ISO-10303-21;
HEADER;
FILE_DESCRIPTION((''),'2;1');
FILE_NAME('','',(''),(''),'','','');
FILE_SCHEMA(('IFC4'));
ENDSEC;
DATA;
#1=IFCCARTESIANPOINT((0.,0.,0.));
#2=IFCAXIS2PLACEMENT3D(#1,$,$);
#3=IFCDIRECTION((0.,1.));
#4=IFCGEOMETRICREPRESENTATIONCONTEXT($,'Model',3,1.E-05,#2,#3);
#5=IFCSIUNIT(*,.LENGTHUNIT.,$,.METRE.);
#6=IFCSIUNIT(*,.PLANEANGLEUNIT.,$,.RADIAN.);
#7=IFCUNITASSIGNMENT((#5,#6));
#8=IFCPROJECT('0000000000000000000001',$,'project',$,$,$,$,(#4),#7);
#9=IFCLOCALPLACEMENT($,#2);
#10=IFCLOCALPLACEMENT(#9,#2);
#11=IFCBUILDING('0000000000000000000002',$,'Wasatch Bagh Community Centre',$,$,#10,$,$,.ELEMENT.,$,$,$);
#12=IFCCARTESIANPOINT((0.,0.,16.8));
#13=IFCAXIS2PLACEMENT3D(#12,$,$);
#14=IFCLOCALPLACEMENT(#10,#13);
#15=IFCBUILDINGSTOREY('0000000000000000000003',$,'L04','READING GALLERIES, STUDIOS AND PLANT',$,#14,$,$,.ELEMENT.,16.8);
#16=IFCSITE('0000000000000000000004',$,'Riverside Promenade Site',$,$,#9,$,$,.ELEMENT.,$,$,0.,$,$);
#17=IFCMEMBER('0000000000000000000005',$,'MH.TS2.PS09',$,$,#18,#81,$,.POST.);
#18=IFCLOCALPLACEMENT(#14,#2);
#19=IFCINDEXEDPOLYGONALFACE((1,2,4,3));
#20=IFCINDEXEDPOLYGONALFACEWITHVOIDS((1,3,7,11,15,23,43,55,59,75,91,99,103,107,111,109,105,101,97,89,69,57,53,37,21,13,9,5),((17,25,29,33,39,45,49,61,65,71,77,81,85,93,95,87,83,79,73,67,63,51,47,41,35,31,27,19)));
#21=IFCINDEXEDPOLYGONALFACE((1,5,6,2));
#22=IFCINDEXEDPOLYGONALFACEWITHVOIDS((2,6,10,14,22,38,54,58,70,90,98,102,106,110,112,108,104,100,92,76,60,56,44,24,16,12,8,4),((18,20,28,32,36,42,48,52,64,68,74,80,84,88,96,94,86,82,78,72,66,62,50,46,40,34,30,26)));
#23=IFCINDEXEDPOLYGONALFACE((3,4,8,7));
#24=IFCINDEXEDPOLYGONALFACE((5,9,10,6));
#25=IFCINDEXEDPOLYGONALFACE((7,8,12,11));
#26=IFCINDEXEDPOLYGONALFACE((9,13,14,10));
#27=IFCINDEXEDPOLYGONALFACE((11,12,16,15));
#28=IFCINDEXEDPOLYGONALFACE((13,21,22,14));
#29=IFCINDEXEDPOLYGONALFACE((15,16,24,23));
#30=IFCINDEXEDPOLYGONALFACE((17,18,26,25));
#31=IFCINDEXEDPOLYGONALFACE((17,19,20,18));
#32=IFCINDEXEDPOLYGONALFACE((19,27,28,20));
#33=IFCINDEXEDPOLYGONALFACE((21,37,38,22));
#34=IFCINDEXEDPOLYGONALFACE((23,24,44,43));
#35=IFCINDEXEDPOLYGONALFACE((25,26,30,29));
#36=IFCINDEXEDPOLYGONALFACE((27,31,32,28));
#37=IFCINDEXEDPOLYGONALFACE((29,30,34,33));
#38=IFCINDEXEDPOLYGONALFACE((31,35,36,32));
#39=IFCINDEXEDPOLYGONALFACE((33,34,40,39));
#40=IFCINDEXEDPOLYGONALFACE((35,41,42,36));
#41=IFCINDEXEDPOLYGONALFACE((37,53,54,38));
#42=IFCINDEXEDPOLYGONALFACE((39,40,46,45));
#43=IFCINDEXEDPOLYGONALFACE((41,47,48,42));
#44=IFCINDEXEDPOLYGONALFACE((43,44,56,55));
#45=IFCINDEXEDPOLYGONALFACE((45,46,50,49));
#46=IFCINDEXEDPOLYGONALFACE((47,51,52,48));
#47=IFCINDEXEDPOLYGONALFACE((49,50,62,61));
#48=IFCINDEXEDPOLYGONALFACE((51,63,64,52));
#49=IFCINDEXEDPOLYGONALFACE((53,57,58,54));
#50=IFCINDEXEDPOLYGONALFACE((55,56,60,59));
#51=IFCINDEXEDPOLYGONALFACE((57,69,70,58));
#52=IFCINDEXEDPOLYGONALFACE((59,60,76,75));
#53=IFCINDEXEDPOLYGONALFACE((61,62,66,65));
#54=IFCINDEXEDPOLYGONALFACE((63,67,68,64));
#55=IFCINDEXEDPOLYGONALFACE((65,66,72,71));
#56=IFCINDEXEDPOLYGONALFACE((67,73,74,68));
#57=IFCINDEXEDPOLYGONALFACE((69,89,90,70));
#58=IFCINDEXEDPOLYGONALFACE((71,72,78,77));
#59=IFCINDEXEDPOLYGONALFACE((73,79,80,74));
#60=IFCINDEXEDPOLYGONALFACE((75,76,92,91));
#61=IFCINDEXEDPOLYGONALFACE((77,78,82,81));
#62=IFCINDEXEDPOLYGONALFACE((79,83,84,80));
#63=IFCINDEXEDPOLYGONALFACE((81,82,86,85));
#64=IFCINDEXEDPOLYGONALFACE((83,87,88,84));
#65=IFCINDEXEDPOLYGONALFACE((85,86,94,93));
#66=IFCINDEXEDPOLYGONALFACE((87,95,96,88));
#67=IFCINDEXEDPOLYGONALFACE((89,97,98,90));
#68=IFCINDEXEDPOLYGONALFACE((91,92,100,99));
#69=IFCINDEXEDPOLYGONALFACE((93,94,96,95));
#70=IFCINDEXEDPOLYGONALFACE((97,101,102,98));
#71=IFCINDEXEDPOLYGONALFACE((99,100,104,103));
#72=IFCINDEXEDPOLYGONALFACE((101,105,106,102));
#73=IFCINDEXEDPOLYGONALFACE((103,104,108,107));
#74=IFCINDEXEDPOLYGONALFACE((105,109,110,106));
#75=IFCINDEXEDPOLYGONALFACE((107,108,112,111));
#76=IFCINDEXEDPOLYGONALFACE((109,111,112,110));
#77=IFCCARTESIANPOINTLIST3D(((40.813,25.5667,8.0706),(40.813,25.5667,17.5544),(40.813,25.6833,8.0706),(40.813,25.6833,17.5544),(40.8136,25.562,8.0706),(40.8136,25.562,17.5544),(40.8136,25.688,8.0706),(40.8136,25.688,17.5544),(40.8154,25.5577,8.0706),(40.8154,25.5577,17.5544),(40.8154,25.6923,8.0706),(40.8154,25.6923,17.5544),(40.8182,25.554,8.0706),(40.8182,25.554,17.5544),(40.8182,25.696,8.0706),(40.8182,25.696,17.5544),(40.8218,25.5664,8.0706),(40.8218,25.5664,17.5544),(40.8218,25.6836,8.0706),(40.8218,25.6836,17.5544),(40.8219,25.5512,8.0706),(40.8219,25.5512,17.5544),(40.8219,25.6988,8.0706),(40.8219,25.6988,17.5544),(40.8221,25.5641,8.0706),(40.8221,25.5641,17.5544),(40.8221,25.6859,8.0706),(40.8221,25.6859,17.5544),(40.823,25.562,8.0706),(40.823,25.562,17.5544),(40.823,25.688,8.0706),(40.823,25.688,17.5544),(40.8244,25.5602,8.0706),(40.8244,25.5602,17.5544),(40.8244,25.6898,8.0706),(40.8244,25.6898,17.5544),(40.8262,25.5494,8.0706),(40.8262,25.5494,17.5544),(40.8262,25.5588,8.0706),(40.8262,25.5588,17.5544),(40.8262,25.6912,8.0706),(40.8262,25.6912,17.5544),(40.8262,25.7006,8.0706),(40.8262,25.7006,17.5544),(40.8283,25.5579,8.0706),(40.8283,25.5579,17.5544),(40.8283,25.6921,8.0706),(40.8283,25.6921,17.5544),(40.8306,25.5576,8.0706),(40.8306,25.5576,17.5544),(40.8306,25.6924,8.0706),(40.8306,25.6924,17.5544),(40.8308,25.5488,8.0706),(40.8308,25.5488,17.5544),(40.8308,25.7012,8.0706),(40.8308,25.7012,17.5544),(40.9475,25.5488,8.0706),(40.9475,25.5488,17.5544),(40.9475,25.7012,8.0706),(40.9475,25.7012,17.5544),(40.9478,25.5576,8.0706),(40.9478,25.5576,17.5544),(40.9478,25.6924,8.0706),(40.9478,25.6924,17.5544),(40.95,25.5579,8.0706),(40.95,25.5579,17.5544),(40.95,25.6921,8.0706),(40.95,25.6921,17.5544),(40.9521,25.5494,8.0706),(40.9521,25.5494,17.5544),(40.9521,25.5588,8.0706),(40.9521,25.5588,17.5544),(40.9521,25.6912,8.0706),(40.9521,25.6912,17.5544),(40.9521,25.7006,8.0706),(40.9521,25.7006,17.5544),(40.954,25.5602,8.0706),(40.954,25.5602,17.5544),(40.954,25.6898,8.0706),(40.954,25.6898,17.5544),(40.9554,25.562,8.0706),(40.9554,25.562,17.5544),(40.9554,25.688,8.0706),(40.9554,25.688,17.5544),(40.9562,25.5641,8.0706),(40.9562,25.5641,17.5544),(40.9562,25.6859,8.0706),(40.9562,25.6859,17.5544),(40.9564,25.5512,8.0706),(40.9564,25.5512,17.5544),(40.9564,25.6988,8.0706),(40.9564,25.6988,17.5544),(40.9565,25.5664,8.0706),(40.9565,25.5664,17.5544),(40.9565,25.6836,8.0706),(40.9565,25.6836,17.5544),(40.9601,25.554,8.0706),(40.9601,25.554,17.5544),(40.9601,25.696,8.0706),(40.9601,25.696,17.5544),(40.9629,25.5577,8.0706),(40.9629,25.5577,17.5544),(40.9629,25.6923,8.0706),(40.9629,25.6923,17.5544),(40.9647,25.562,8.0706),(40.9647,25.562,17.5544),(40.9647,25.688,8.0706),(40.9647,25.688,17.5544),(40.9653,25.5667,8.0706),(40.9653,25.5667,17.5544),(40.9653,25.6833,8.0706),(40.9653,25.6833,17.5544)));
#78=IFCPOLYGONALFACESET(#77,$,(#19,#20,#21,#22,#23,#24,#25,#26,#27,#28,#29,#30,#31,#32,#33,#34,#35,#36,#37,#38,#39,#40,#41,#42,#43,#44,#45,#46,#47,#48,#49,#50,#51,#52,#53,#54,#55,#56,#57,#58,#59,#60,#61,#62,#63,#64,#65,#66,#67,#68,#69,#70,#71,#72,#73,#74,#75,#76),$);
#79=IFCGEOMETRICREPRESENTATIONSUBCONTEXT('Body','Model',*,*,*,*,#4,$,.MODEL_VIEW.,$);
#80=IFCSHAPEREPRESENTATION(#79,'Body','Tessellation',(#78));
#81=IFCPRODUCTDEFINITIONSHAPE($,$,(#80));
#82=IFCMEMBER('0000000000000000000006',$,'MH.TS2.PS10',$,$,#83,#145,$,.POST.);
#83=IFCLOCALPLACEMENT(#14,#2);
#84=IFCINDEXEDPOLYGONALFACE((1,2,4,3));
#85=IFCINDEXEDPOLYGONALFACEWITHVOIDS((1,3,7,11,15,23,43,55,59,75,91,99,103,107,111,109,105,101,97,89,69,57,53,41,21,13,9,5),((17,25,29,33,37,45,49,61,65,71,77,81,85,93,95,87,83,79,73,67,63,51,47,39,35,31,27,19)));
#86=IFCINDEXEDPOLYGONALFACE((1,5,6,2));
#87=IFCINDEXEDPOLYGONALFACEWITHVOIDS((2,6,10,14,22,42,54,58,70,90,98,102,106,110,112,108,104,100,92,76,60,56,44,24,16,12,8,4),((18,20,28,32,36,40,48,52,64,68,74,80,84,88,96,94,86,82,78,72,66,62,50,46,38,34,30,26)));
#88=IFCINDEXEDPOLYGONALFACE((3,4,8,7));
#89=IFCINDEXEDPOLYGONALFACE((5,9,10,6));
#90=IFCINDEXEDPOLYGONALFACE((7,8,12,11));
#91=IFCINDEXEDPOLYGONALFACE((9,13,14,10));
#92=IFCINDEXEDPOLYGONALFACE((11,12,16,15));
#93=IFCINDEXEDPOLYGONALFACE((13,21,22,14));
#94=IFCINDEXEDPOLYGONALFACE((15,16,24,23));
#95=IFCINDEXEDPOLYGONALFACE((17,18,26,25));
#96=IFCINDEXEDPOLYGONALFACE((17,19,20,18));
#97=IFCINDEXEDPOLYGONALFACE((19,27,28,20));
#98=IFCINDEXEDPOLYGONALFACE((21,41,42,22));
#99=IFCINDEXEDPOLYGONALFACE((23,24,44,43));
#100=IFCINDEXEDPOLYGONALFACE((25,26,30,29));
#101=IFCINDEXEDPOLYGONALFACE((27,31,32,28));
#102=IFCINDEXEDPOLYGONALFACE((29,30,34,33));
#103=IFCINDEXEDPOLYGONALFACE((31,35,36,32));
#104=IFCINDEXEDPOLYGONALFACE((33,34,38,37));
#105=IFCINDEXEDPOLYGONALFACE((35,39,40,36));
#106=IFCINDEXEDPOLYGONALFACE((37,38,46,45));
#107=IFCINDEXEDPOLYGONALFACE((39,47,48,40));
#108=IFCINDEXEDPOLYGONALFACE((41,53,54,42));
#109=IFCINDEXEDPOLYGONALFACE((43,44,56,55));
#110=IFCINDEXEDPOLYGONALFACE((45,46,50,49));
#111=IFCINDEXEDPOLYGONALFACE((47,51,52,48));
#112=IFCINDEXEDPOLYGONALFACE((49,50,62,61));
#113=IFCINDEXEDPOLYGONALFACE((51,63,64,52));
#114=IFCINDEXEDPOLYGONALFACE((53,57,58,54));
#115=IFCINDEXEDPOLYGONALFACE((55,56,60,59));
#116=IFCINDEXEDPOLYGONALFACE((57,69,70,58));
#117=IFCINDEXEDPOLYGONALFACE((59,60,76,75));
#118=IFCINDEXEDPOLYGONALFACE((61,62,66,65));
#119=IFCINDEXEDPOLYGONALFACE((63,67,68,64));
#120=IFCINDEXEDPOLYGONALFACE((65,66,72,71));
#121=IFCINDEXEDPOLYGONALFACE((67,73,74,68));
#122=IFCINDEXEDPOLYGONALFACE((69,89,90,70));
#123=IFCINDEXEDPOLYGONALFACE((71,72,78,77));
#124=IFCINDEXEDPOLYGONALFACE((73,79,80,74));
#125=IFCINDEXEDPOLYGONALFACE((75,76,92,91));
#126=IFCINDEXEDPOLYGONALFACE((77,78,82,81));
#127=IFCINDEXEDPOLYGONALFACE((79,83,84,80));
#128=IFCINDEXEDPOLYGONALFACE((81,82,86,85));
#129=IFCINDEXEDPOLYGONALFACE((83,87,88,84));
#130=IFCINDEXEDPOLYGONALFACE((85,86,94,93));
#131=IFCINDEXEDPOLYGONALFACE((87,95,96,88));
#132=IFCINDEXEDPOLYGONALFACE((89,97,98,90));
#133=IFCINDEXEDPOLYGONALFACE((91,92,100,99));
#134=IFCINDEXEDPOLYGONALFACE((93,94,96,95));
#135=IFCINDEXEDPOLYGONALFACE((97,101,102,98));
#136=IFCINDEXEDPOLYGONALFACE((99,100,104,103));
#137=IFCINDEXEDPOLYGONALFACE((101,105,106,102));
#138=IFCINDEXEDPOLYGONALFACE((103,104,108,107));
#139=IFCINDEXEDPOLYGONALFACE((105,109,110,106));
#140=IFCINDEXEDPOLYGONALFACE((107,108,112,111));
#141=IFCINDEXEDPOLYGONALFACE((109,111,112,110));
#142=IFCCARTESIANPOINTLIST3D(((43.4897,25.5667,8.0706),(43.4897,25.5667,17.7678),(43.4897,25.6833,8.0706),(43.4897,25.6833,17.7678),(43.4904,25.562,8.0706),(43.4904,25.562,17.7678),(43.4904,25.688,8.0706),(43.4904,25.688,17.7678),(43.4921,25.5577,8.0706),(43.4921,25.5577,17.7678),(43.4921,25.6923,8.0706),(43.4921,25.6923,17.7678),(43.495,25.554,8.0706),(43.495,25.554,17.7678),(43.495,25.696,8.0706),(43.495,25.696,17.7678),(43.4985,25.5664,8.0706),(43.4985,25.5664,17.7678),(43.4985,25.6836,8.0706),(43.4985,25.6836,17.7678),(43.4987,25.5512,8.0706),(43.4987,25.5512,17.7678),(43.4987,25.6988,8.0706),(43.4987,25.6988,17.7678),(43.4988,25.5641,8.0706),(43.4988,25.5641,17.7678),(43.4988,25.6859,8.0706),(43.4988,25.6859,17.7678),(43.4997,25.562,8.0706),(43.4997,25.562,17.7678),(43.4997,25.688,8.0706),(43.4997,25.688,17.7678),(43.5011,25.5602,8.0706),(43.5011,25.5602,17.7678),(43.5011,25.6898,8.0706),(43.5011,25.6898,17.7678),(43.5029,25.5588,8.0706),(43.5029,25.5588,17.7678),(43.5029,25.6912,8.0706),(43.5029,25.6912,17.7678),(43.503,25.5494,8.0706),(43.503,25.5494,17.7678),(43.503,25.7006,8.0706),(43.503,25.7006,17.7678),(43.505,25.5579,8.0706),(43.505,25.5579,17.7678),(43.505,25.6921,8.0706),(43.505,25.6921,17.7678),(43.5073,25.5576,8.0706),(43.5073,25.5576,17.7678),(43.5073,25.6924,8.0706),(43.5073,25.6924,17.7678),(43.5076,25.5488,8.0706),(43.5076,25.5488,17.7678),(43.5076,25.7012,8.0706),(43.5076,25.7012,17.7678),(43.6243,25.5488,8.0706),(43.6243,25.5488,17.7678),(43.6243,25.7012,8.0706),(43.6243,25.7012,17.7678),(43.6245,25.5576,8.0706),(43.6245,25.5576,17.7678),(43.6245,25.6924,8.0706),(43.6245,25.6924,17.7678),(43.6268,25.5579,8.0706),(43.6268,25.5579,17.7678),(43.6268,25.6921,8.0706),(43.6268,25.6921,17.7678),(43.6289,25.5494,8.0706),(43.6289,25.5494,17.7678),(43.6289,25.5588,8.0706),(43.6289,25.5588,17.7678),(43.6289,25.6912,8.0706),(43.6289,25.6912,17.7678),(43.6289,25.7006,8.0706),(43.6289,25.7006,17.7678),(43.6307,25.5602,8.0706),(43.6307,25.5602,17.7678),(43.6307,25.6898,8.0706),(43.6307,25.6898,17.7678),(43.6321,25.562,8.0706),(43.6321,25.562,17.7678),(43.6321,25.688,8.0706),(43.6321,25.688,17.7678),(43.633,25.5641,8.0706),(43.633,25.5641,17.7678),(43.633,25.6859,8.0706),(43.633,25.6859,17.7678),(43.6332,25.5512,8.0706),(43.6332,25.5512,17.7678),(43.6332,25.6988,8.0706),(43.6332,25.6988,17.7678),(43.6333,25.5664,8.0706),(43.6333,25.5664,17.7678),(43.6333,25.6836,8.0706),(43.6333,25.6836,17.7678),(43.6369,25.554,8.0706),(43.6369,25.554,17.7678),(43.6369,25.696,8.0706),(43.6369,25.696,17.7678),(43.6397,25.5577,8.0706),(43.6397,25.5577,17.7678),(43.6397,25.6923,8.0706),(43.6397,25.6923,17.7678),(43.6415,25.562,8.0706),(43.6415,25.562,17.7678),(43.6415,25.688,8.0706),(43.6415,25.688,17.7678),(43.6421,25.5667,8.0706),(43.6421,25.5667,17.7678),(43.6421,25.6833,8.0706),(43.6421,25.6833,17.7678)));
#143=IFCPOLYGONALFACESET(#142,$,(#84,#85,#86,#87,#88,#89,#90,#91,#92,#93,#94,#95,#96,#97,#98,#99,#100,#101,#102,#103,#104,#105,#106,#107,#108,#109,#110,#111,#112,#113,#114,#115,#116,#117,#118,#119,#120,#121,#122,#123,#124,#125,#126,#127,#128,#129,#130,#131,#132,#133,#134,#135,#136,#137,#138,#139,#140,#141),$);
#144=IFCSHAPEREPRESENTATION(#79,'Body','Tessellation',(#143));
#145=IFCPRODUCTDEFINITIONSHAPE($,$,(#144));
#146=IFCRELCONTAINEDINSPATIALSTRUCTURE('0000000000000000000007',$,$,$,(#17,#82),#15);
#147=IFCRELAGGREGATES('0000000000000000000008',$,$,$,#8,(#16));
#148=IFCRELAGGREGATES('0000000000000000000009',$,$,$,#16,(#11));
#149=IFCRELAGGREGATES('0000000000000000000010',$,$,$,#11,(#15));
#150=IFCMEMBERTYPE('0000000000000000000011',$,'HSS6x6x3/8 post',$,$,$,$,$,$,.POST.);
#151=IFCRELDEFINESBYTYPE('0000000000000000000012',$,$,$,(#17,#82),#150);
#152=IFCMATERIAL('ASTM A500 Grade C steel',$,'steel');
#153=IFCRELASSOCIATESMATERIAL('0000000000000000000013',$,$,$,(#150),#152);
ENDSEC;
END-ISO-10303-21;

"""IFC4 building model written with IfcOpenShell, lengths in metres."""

from ifc_helpers import new_model, si_unit, direction, frame, origin, origin_2d, place, context, subcontext, project, spatial, hollow_rectangle, extrude, material, material_profile, profile_set, type_object, element, save


model = new_model("IFC4")

# Units and contexts
model_context = context("Model", 3, precision=1e-05, world=origin(), true_north=direction((0.0, 1.0)))
body_context = subcontext(model_context, "Body", "Model", "MODEL_VIEW")
ifc_project = project(units=[si_unit("LENGTHUNIT", "METRE"), si_unit("PLANEANGLEUNIT", "RADIAN")], contexts=[model_context])

# Site, building, storey
site_placement = place(None, origin())
site = spatial("IfcSite", under=ifc_project, at=site_placement, Name="Riverside Promenade Site", CompositionType="ELEMENT", RefElevation=0.0)
building_placement = place(site_placement, origin())
building = spatial("IfcBuilding", under=site, at=building_placement, Name="Wasatch Bagh Community Centre", CompositionType="ELEMENT")
storey_placement = place(building_placement, frame((0.0, 0.0, 16.8)))
storey = spatial("IfcBuildingStorey", under=building, at=storey_placement, Name="L04", Description="READING GALLERIES, STUDIOS AND PLANT", CompositionType="ELEMENT", Elevation=16.8)

# Members
ifc_material_1 = material(Name="ASTM A500 Grade C steel", Category="steel")
ifc_material_profile_1 = material_profile(ifc_material_1, hollow_rectangle(XDim=0.1523, YDim=0.1523, WallThickness=0.0088, InnerFilletRadius=0.0088, OuterFilletRadius=0.0178, at=origin_2d()), Name="HSS6x6x3/8")
ifc_profile_set_1 = profile_set([ifc_material_profile_1], Name="ASTM A500 Grade C steel")
member_type_1 = type_object("IfcMemberType", Name="HSS6x6x3/8 post", PredefinedType="POST", material=ifc_profile_set_1)
member_1_placement = place(storey_placement, frame((40.8892, 25.625, 8.0706), z_axis=(0.0, 0.0, 1.0), x_axis=(1.0, 0.0, 0.0)))
element("IfcMember", 1, at=member_1_placement, inside=storey, type_object=member_type_1, Name="MH.TS2.PS09", PredefinedType="POST", context=body_context, shape_type="SweptSolid", body=[
    extrude(hollow_rectangle(XDim=0.1523, YDim=0.1523, WallThickness=0.0088, InnerFilletRadius=0.0088, OuterFilletRadius=0.0178, at=origin_2d()), origin(), (0.0, 0.0, 1.0), 9.4839),
])
member_2_placement = place(storey_placement, frame((43.5659, 25.625, 8.0706), z_axis=(0.0, 0.0, 1.0), x_axis=(1.0, 0.0, 0.0)))
element("IfcMember", 2, at=member_2_placement, inside=storey, type_object=member_type_1, Name="MH.TS2.PS10", PredefinedType="POST", context=body_context, shape_type="SweptSolid", body=[
    extrude(hollow_rectangle(XDim=0.1523, YDim=0.1523, WallThickness=0.0088, InnerFilletRadius=0.0088, OuterFilletRadius=0.0178, at=origin_2d()), origin(), (0.0, 0.0, 1.0), 9.6973),
])

save(model, "model.ifc")
